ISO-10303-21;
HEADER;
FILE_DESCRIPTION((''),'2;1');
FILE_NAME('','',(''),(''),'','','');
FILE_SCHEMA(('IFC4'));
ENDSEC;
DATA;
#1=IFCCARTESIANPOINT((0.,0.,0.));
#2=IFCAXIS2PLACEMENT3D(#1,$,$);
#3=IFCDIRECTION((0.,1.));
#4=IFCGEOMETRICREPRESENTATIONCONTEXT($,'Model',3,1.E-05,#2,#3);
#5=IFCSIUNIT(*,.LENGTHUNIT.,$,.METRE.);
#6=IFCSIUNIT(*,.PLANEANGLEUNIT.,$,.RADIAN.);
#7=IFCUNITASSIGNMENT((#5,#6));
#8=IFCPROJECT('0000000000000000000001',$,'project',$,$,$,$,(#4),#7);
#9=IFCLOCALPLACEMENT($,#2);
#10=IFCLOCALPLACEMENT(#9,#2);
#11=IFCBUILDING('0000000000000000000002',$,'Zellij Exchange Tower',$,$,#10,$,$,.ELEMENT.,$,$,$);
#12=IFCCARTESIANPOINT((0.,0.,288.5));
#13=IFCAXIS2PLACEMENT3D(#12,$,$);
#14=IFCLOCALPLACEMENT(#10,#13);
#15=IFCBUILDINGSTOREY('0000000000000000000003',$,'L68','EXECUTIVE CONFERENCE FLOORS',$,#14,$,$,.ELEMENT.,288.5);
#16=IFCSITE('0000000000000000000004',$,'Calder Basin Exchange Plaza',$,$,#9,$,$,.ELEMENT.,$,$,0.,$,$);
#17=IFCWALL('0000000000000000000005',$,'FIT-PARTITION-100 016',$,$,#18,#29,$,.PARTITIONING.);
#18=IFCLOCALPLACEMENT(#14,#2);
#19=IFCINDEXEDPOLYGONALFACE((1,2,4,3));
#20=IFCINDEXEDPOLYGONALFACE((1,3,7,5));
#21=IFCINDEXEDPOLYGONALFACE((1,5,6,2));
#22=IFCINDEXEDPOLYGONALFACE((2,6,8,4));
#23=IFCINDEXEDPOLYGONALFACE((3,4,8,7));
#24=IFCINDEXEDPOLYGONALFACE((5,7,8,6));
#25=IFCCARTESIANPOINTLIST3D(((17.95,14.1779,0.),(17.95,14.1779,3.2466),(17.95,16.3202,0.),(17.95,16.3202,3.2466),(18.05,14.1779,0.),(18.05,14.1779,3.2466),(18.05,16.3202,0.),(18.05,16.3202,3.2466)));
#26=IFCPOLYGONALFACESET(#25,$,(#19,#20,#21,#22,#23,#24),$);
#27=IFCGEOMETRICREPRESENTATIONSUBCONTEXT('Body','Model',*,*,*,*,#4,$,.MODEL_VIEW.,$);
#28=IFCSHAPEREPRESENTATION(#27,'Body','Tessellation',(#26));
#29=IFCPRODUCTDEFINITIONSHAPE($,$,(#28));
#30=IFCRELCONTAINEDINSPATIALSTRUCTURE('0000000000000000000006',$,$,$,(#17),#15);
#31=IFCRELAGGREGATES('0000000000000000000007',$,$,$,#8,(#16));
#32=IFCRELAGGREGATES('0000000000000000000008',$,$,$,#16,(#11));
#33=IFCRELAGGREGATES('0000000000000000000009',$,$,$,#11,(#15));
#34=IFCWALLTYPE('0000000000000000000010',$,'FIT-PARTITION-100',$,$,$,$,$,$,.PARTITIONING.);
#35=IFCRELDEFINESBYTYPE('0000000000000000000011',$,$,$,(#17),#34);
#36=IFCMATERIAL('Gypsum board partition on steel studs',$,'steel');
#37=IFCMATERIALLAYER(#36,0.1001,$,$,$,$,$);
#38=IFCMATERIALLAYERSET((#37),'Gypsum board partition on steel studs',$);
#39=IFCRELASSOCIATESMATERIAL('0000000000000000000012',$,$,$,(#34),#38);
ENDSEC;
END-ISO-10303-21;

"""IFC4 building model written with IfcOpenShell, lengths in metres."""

from ifc_helpers import new_model, si_unit, direction, frame, frame_2d, origin, place, context, subcontext, project, spatial, rectangle, extrude, material, layer, layer_set, type_object, element, save


model = new_model("IFC4")

# Units and contexts
model_context = context("Model", 3, precision=1e-05, world=origin(), true_north=direction((0.0, 1.0)))
body_context = subcontext(model_context, "Body", "Model", "MODEL_VIEW")
ifc_project = project(units=[si_unit("LENGTHUNIT", "METRE"), si_unit("PLANEANGLEUNIT", "RADIAN")], contexts=[model_context])

# Site, building, storey
site_placement = place(None, origin())
site = spatial("IfcSite", under=ifc_project, at=site_placement, Name="Calder Basin Exchange Plaza", CompositionType="ELEMENT", RefElevation=0.0)
building_placement = place(site_placement, origin())
building = spatial("IfcBuilding", under=site, at=building_placement, Name="Zellij Exchange Tower", CompositionType="ELEMENT")
storey_placement = place(building_placement, frame((0.0, 0.0, 288.5)))
storey = spatial("IfcBuildingStorey", under=building, at=storey_placement, Name="L68", Description="EXECUTIVE CONFERENCE FLOORS", CompositionType="ELEMENT", Elevation=288.5)

# Wall
ifc_material_1 = material(Name="Gypsum board partition on steel studs", Category="steel")
ifc_layer = layer(ifc_material_1, 0.1001)
ifc_layer_set = layer_set([ifc_layer], Name="Gypsum board partition on steel studs")
wall_type = type_object("IfcWallType", Name="FIT-PARTITION-100", PredefinedType="PARTITIONING", material=ifc_layer_set)
wall_1_placement = place(storey_placement, frame((18.0, 14.1777, 0.0), z_axis=(0.0, 0.0, 1.0), x_axis=(0.0, 1.0, 0.0)))
element("IfcWall", 1, at=wall_1_placement, inside=storey, type_object=wall_type, Name="FIT-PARTITION-100 016", PredefinedType="PARTITIONING", context=body_context, shape_type="SweptSolid", body=[
    extrude(rectangle(XDim=2.1423, YDim=0.1001, at=frame_2d((1.0713, 0.0))), origin(), (0.0, 0.0, 1.0), 3.2466),
])

save(model, "model.ifc")
